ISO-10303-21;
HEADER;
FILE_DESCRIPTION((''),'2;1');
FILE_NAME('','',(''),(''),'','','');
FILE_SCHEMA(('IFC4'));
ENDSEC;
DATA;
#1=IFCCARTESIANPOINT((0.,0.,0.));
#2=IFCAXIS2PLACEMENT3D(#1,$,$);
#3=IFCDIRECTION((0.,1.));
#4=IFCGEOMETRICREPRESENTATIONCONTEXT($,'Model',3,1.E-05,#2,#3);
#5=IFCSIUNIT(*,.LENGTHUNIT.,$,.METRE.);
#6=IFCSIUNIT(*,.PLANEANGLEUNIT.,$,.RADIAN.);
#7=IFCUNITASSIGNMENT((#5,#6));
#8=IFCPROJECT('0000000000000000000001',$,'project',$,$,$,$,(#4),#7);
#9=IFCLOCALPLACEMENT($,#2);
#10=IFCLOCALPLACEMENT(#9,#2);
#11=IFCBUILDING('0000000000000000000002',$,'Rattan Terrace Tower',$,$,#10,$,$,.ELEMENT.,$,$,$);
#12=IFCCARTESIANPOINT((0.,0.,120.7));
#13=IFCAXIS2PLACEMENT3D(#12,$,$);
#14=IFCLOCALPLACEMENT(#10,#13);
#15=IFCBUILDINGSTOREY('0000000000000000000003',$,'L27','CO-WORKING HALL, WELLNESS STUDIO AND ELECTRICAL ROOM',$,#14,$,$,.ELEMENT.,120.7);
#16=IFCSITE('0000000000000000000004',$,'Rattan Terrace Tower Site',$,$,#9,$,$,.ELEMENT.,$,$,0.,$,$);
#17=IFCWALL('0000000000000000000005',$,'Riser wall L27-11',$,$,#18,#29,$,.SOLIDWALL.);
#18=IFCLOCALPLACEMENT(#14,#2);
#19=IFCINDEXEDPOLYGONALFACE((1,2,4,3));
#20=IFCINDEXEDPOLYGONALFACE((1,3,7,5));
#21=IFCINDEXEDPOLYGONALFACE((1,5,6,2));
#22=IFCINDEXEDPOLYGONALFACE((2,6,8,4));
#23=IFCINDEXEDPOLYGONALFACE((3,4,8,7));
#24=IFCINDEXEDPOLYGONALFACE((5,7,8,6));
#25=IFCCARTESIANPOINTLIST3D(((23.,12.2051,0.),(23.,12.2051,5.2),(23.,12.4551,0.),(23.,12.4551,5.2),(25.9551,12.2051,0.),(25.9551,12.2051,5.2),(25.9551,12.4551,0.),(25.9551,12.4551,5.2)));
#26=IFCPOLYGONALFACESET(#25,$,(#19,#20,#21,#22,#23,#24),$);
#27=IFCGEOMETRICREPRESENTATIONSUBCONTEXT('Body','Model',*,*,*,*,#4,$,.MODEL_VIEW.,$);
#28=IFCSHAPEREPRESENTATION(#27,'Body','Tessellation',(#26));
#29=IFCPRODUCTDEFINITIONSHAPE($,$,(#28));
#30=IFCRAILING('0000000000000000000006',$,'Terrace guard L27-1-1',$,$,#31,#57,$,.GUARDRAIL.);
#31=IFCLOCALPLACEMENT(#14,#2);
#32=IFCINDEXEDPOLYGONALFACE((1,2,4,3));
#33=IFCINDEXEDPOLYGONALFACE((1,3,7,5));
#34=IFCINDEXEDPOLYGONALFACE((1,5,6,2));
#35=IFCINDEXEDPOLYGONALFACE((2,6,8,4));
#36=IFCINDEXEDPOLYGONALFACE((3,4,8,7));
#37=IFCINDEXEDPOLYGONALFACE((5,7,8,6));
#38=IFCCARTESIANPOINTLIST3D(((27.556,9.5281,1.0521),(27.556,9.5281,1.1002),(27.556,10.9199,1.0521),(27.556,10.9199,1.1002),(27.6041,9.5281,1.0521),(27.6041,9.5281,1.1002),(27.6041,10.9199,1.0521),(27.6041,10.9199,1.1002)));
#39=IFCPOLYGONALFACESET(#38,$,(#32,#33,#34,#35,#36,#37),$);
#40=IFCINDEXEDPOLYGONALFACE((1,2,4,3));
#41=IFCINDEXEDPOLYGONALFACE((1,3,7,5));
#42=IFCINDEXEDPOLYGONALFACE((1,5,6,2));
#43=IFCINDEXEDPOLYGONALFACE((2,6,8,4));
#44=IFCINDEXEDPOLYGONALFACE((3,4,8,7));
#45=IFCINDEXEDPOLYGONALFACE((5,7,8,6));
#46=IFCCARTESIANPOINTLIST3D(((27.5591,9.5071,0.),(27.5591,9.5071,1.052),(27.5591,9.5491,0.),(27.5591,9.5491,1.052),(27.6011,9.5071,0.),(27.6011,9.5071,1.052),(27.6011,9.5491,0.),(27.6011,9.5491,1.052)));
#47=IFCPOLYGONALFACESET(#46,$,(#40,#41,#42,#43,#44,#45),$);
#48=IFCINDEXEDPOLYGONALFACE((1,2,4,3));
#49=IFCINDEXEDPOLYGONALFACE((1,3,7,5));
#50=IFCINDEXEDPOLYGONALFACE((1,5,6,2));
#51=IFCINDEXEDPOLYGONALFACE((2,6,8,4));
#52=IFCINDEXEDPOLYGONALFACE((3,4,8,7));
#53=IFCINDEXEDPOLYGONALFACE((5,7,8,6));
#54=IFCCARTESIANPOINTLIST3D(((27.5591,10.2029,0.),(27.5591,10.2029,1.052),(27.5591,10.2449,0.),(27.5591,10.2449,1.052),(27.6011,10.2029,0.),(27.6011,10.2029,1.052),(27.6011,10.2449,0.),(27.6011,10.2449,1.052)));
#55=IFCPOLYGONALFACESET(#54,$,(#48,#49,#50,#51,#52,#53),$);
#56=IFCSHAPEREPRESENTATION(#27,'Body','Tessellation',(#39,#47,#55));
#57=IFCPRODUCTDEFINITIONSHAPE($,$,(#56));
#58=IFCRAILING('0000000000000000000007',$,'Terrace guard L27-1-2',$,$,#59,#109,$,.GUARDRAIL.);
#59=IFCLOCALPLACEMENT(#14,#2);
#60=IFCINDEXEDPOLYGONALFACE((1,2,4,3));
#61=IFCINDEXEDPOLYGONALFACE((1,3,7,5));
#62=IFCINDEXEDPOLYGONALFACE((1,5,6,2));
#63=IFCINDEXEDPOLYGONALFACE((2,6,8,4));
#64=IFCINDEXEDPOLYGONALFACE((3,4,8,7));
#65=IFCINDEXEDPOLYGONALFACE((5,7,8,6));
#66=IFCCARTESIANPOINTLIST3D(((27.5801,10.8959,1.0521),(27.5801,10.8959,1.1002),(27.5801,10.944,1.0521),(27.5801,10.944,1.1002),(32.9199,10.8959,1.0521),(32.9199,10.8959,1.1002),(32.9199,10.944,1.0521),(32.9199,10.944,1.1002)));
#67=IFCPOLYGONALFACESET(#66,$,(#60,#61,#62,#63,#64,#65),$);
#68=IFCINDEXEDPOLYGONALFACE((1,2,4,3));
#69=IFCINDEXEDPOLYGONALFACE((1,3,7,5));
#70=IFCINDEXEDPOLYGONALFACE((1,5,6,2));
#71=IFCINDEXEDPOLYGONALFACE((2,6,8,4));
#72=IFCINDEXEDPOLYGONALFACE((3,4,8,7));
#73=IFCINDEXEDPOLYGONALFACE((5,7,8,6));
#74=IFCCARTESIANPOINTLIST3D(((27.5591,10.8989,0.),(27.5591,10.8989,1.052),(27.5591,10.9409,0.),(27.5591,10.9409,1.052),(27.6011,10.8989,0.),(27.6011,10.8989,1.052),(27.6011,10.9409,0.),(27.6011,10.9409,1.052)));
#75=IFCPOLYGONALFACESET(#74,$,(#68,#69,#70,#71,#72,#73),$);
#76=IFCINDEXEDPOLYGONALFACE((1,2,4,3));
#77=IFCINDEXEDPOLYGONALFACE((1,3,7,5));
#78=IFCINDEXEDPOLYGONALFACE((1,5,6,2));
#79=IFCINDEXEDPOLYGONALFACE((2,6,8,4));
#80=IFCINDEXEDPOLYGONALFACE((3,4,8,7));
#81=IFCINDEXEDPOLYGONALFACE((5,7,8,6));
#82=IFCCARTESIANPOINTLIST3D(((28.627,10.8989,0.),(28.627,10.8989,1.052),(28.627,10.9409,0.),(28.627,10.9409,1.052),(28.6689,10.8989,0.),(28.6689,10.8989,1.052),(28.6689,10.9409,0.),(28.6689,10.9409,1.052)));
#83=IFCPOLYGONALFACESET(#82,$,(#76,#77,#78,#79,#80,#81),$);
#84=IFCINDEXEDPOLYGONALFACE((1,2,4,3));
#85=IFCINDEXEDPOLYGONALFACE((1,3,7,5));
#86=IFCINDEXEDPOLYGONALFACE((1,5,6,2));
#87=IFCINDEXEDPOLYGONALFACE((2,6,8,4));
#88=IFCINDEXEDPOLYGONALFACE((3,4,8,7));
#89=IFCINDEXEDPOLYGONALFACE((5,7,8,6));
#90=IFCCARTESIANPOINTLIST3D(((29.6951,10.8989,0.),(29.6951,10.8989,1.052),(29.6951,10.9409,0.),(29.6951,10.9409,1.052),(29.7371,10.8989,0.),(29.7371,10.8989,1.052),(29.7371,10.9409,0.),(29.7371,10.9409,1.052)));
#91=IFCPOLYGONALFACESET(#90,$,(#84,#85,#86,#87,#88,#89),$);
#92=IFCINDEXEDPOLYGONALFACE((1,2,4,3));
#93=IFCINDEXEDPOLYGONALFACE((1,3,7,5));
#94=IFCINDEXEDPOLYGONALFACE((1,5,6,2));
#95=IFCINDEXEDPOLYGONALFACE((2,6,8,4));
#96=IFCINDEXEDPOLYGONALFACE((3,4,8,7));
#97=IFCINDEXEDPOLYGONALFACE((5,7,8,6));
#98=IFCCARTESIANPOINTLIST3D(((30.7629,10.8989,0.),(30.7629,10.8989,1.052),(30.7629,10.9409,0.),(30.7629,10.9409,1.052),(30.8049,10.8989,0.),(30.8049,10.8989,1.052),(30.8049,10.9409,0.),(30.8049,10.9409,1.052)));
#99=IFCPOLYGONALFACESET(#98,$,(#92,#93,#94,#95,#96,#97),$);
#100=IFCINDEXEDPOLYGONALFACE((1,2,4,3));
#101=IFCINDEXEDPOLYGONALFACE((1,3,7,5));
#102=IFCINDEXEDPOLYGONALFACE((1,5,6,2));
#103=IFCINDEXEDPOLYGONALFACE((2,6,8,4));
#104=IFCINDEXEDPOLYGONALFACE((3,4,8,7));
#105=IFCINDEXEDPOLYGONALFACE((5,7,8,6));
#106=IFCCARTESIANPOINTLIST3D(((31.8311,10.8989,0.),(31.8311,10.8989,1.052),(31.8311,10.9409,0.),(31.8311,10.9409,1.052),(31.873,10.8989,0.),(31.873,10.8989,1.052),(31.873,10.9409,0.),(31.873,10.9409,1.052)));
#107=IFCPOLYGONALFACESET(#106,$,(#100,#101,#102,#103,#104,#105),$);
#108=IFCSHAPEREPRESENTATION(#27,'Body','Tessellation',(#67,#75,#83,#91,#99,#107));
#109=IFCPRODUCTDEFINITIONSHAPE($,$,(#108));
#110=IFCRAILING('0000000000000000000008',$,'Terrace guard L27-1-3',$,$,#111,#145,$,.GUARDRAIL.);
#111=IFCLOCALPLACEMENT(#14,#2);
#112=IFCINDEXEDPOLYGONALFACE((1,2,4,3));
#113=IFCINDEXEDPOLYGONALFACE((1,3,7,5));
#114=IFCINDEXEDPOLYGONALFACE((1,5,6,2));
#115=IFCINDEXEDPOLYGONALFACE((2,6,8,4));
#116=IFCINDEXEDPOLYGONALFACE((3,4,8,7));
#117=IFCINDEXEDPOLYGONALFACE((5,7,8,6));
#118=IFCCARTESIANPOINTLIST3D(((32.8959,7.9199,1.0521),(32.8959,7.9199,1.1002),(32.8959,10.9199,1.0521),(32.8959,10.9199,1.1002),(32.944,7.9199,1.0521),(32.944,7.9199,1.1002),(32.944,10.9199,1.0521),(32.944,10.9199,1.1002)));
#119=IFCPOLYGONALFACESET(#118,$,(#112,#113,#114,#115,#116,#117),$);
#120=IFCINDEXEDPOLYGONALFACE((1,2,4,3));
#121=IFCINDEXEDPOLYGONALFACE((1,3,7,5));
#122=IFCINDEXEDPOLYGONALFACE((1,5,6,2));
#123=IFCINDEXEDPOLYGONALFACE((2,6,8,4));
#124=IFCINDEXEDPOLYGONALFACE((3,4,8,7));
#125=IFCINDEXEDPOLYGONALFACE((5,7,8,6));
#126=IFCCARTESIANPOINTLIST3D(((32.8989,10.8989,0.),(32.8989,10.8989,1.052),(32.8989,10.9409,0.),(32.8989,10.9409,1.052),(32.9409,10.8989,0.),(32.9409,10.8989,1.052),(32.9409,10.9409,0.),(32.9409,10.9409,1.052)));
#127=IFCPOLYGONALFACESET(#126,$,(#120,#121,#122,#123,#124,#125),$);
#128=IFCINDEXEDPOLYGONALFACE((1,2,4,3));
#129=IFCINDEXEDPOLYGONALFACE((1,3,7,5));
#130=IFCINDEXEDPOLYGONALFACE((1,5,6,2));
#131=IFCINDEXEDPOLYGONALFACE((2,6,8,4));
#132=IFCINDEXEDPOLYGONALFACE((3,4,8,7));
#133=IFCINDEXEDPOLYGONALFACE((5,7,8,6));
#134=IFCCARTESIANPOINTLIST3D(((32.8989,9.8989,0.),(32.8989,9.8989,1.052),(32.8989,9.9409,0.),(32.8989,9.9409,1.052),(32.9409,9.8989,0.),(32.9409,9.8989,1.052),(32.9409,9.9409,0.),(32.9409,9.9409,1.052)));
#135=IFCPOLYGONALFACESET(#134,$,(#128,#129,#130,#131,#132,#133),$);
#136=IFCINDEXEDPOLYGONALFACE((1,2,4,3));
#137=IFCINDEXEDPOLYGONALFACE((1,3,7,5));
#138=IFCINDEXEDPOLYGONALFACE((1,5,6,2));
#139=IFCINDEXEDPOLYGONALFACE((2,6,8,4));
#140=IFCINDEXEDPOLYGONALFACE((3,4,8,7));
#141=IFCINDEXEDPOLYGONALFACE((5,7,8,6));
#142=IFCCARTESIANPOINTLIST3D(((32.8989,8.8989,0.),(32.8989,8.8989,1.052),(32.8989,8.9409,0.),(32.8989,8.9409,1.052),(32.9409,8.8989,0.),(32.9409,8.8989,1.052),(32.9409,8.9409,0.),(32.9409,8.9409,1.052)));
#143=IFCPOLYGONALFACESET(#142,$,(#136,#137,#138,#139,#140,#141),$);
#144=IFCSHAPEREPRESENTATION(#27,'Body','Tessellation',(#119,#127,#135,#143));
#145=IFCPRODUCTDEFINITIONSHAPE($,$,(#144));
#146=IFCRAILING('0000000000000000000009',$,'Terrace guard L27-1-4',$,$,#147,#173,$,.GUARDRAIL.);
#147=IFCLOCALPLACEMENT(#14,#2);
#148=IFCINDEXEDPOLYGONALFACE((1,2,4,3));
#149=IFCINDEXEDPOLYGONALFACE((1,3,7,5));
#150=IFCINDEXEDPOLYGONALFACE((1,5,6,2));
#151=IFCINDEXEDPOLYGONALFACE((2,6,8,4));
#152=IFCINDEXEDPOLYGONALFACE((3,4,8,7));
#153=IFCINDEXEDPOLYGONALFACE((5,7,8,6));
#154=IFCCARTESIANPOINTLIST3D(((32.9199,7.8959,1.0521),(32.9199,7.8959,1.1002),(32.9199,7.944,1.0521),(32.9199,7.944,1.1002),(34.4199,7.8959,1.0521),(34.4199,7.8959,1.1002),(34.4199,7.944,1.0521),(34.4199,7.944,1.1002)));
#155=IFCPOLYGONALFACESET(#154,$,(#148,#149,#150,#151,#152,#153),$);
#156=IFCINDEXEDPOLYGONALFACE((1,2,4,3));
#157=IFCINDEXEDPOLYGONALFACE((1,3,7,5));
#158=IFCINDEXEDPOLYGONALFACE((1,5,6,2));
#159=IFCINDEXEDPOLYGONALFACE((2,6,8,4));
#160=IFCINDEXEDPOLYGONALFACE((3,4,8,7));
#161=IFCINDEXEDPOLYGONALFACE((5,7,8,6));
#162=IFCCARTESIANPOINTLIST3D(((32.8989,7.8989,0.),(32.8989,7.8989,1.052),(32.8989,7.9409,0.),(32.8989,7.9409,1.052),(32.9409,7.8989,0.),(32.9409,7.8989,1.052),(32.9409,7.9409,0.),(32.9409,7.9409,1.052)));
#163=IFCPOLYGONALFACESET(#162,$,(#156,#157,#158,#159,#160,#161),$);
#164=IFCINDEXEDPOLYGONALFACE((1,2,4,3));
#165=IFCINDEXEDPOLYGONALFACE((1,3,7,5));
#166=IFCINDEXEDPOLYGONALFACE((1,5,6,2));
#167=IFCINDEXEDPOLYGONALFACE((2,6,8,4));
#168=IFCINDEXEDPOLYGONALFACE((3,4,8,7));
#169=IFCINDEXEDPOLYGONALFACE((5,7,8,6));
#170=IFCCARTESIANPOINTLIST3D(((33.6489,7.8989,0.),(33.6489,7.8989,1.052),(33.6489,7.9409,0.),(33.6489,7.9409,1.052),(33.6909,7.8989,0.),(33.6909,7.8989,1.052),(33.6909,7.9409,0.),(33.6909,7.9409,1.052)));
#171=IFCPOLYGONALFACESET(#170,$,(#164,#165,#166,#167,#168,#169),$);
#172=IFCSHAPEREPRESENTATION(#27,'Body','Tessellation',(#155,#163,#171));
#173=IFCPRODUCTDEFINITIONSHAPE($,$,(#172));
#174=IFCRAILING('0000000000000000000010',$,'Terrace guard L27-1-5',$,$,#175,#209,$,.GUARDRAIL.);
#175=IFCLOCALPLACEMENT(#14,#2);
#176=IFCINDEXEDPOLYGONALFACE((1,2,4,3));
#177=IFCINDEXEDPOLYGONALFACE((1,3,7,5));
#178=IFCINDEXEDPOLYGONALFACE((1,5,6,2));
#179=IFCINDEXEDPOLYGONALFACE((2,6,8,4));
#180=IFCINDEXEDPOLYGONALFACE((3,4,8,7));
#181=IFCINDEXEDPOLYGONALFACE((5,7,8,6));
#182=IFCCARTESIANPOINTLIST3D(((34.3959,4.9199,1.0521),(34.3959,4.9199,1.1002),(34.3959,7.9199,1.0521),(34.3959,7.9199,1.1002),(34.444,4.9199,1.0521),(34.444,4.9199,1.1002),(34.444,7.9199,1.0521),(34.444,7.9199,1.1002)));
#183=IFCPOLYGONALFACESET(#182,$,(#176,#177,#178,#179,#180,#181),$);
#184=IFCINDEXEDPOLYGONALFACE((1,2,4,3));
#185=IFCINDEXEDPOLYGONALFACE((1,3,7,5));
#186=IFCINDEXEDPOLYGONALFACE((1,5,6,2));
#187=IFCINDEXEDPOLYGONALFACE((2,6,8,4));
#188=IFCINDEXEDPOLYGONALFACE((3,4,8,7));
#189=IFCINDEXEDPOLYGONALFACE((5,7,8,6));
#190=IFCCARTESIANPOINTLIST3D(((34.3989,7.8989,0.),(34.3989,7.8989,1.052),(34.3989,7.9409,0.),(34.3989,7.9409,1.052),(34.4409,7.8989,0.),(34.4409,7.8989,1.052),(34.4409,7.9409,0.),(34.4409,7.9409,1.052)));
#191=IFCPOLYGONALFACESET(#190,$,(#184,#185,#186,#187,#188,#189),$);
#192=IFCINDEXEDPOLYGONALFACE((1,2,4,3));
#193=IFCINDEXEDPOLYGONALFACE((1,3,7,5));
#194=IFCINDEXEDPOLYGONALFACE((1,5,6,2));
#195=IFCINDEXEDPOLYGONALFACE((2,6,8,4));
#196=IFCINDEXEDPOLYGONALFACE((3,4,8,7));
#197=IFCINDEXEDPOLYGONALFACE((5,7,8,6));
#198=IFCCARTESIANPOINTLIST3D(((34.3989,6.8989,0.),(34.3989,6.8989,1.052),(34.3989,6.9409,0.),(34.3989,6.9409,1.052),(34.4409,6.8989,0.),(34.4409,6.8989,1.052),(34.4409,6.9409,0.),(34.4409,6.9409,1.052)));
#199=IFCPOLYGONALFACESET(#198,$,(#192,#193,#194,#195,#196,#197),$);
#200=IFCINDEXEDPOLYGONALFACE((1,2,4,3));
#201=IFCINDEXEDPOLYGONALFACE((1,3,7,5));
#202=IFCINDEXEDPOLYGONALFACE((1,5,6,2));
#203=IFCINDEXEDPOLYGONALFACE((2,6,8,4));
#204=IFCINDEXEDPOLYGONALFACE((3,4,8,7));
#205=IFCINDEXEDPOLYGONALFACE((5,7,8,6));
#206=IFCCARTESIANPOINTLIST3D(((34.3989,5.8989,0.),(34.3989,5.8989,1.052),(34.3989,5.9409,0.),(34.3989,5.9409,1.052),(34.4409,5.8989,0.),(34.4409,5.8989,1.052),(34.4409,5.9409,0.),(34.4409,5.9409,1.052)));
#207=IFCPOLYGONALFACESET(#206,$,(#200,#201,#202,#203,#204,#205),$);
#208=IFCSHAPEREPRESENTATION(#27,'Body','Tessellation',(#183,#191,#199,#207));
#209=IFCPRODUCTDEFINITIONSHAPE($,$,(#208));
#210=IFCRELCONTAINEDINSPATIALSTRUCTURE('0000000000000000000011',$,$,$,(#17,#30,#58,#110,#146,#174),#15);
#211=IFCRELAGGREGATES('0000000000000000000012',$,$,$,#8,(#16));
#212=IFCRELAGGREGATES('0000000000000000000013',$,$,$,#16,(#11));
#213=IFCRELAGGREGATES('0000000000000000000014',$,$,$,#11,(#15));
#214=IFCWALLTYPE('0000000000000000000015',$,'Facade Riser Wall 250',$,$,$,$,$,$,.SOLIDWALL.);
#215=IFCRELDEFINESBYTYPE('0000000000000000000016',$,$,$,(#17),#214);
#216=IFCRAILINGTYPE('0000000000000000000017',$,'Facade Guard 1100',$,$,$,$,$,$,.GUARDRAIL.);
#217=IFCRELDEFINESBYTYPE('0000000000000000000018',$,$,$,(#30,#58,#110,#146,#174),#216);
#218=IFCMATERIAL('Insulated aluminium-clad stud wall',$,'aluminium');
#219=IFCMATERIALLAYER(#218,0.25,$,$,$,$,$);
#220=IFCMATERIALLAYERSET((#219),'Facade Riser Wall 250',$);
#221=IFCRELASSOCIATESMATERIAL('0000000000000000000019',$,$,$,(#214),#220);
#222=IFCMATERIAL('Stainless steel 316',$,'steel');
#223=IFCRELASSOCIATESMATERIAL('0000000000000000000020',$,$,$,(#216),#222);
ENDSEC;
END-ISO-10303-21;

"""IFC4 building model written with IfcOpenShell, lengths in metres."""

from ifc_helpers import new_model, si_unit, direction, frame, frame_2d, origin, origin_2d, place, context, subcontext, project, spatial, rectangle, extrude, material, layer, layer_set, type_object, element, save


model = new_model("IFC4")

# Units and contexts
model_context = context("Model", 3, precision=1e-05, world=origin(), true_north=direction((0.0, 1.0)))
body_context = subcontext(model_context, "Body", "Model", "MODEL_VIEW")
ifc_project = project(units=[si_unit("LENGTHUNIT", "METRE"), si_unit("PLANEANGLEUNIT", "RADIAN")], contexts=[model_context])

# Site, building, storey
site_placement = place(None, origin())
site = spatial("IfcSite", under=ifc_project, at=site_placement, Name="Rattan Terrace Tower Site", CompositionType="ELEMENT", RefElevation=0.0)
building_placement = place(site_placement, origin())
building = spatial("IfcBuilding", under=site, at=building_placement, Name="Rattan Terrace Tower", CompositionType="ELEMENT")
storey_placement = place(building_placement, frame((0.0, 0.0, 120.7)))
storey = spatial("IfcBuildingStorey", under=building, at=storey_placement, Name="L27", Description="CO-WORKING HALL, WELLNESS STUDIO AND ELECTRICAL ROOM", CompositionType="ELEMENT", Elevation=120.7)

# Wall
ifc_material_1 = material(Name="Insulated aluminium-clad stud wall", Category="aluminium")
ifc_layer_1 = layer(ifc_material_1, 0.25)
ifc_layer_set_1 = layer_set([ifc_layer_1], Name="Facade Riser Wall 250")
wall_type_1 = type_object("IfcWallType", Name="Facade Riser Wall 250", PredefinedType="SOLIDWALL", material=ifc_layer_set_1)
wall_1_placement = place(storey_placement, frame((25.9551, 12.3301, 0.0), z_axis=(0.0, 0.0, 1.0), x_axis=(-1.0, 0.0, 0.0)))
element("IfcWall", 1, at=wall_1_placement, inside=storey, type_object=wall_type_1, Name="Riser wall L27-11", PredefinedType="SOLIDWALL", context=body_context, shape_type="SweptSolid", body=[
    extrude(rectangle(XDim=2.9551, YDim=0.25, at=frame_2d((1.4775, 0.0))), origin(), (0.0, 0.0, 1.0), 5.2),
])

# Railings
ifc_material_2 = material(Name="Stainless steel 316", Category="steel")
railing_type = type_object("IfcRailingType", Name="Facade Guard 1100", PredefinedType="GUARDRAIL", material=ifc_material_2)
railing_1_placement = place(storey_placement, frame((27.5801, 9.5281, 0.0)))
element("IfcRailing", 2, at=railing_1_placement, inside=storey, type_object=railing_type, Name="Terrace guard L27-1-1", PredefinedType="GUARDRAIL", context=body_context, shape_type="SweptSolid", body=[
    extrude(rectangle(XDim=0.0481, YDim=0.0481, at=origin_2d()), frame((0.0, 0.0, 1.0762), z_axis=(0.0, 1.0, 0.0), x_axis=(-1.0, 0.0, 0.0)), (0.0, 0.0, 1.0), 1.3918),
    extrude(rectangle(XDim=0.042, YDim=0.042, at=origin_2d()), origin(), (0.0, 0.0, 1.0), 1.052),
    extrude(rectangle(XDim=0.042, YDim=0.042, at=origin_2d()), frame((0.0, 0.6958, 0.0)), (0.0, 0.0, 1.0), 1.052),
])
railing_2_placement = place(storey_placement, frame((27.5801, 10.9199, 0.0)))
element("IfcRailing", 3, at=railing_2_placement, inside=storey, type_object=railing_type, Name="Terrace guard L27-1-2", PredefinedType="GUARDRAIL", context=body_context, shape_type="SweptSolid", body=[
    extrude(rectangle(XDim=0.0481, YDim=0.0481, at=origin_2d()), frame((0.0, 0.0, 1.0762), z_axis=(1.0, 0.0, 0.0), x_axis=(0.0, 1.0, 0.0)), (0.0, 0.0, 1.0), 5.3398),
    extrude(rectangle(XDim=0.042, YDim=0.042, at=origin_2d()), origin(), (0.0, 0.0, 1.0), 1.052),
    extrude(rectangle(XDim=0.042, YDim=0.042, at=origin_2d()), frame((1.0679, 0.0, 0.0)), (0.0, 0.0, 1.0), 1.052),
    extrude(rectangle(XDim=0.042, YDim=0.042, at=origin_2d()), frame((2.136, 0.0, 0.0)), (0.0, 0.0, 1.0), 1.052),
    extrude(rectangle(XDim=0.042, YDim=0.042, at=origin_2d()), frame((3.2039, 0.0, 0.0)), (0.0, 0.0, 1.0), 1.052),
    extrude(rectangle(XDim=0.042, YDim=0.042, at=origin_2d()), frame((4.272, 0.0, 0.0)), (0.0, 0.0, 1.0), 1.052),
])
railing_3_placement = place(storey_placement, frame((32.9199, 10.9199, 0.0)))
element("IfcRailing", 4, at=railing_3_placement, inside=storey, type_object=railing_type, Name="Terrace guard L27-1-3", PredefinedType="GUARDRAIL", context=body_context, shape_type="SweptSolid", body=[
    extrude(rectangle(XDim=0.0481, YDim=0.0481, at=origin_2d()), frame((0.0, 0.0, 1.0762), z_axis=(0.0, -1.0, 0.0), x_axis=(1.0, 0.0, 0.0)), (0.0, 0.0, 1.0), 3.0),
    extrude(rectangle(XDim=0.042, YDim=0.042, at=origin_2d()), origin(), (0.0, 0.0, 1.0), 1.052),
    extrude(rectangle(XDim=0.042, YDim=0.042, at=origin_2d()), frame((0.0, -1.0, 0.0)), (0.0, 0.0, 1.0), 1.052),
    extrude(rectangle(XDim=0.042, YDim=0.042, at=origin_2d()), frame((0.0, -2.0, 0.0)), (0.0, 0.0, 1.0), 1.052),
])
railing_4_placement = place(storey_placement, frame((32.9199, 7.9199, 0.0)))
element("IfcRailing", 5, at=railing_4_placement, inside=storey, type_object=railing_type, Name="Terrace guard L27-1-4", PredefinedType="GUARDRAIL", context=body_context, shape_type="SweptSolid", body=[
    extrude(rectangle(XDim=0.0481, YDim=0.0481, at=origin_2d()), frame((0.0, 0.0, 1.0762), z_axis=(1.0, 0.0, 0.0), x_axis=(0.0, 1.0, 0.0)), (0.0, 0.0, 1.0), 1.5),
    extrude(rectangle(XDim=0.042, YDim=0.042, at=origin_2d()), origin(), (0.0, 0.0, 1.0), 1.052),
    extrude(rectangle(XDim=0.042, YDim=0.042, at=origin_2d()), frame((0.75, 0.0, 0.0)), (0.0, 0.0, 1.0), 1.052),
])
railing_5_placement = place(storey_placement, frame((34.4199, 7.9199, 0.0)))
element("IfcRailing", 6, at=railing_5_placement, inside=storey, type_object=railing_type, Name="Terrace guard L27-1-5", PredefinedType="GUARDRAIL", context=body_context, shape_type="SweptSolid", body=[
    extrude(rectangle(XDim=0.0481, YDim=0.0481, at=origin_2d()), frame((0.0, 0.0, 1.0762), z_axis=(0.0, -1.0, 0.0), x_axis=(1.0, 0.0, 0.0)), (0.0, 0.0, 1.0), 3.0),
    extrude(rectangle(XDim=0.042, YDim=0.042, at=origin_2d()), origin(), (0.0, 0.0, 1.0), 1.052),
    extrude(rectangle(XDim=0.042, YDim=0.042, at=origin_2d()), frame((0.0, -1.0, 0.0)), (0.0, 0.0, 1.0), 1.052),
    extrude(rectangle(XDim=0.042, YDim=0.042, at=origin_2d()), frame((0.0, -2.0, 0.0)), (0.0, 0.0, 1.0), 1.052),
])

save(model, "model.ifc")
